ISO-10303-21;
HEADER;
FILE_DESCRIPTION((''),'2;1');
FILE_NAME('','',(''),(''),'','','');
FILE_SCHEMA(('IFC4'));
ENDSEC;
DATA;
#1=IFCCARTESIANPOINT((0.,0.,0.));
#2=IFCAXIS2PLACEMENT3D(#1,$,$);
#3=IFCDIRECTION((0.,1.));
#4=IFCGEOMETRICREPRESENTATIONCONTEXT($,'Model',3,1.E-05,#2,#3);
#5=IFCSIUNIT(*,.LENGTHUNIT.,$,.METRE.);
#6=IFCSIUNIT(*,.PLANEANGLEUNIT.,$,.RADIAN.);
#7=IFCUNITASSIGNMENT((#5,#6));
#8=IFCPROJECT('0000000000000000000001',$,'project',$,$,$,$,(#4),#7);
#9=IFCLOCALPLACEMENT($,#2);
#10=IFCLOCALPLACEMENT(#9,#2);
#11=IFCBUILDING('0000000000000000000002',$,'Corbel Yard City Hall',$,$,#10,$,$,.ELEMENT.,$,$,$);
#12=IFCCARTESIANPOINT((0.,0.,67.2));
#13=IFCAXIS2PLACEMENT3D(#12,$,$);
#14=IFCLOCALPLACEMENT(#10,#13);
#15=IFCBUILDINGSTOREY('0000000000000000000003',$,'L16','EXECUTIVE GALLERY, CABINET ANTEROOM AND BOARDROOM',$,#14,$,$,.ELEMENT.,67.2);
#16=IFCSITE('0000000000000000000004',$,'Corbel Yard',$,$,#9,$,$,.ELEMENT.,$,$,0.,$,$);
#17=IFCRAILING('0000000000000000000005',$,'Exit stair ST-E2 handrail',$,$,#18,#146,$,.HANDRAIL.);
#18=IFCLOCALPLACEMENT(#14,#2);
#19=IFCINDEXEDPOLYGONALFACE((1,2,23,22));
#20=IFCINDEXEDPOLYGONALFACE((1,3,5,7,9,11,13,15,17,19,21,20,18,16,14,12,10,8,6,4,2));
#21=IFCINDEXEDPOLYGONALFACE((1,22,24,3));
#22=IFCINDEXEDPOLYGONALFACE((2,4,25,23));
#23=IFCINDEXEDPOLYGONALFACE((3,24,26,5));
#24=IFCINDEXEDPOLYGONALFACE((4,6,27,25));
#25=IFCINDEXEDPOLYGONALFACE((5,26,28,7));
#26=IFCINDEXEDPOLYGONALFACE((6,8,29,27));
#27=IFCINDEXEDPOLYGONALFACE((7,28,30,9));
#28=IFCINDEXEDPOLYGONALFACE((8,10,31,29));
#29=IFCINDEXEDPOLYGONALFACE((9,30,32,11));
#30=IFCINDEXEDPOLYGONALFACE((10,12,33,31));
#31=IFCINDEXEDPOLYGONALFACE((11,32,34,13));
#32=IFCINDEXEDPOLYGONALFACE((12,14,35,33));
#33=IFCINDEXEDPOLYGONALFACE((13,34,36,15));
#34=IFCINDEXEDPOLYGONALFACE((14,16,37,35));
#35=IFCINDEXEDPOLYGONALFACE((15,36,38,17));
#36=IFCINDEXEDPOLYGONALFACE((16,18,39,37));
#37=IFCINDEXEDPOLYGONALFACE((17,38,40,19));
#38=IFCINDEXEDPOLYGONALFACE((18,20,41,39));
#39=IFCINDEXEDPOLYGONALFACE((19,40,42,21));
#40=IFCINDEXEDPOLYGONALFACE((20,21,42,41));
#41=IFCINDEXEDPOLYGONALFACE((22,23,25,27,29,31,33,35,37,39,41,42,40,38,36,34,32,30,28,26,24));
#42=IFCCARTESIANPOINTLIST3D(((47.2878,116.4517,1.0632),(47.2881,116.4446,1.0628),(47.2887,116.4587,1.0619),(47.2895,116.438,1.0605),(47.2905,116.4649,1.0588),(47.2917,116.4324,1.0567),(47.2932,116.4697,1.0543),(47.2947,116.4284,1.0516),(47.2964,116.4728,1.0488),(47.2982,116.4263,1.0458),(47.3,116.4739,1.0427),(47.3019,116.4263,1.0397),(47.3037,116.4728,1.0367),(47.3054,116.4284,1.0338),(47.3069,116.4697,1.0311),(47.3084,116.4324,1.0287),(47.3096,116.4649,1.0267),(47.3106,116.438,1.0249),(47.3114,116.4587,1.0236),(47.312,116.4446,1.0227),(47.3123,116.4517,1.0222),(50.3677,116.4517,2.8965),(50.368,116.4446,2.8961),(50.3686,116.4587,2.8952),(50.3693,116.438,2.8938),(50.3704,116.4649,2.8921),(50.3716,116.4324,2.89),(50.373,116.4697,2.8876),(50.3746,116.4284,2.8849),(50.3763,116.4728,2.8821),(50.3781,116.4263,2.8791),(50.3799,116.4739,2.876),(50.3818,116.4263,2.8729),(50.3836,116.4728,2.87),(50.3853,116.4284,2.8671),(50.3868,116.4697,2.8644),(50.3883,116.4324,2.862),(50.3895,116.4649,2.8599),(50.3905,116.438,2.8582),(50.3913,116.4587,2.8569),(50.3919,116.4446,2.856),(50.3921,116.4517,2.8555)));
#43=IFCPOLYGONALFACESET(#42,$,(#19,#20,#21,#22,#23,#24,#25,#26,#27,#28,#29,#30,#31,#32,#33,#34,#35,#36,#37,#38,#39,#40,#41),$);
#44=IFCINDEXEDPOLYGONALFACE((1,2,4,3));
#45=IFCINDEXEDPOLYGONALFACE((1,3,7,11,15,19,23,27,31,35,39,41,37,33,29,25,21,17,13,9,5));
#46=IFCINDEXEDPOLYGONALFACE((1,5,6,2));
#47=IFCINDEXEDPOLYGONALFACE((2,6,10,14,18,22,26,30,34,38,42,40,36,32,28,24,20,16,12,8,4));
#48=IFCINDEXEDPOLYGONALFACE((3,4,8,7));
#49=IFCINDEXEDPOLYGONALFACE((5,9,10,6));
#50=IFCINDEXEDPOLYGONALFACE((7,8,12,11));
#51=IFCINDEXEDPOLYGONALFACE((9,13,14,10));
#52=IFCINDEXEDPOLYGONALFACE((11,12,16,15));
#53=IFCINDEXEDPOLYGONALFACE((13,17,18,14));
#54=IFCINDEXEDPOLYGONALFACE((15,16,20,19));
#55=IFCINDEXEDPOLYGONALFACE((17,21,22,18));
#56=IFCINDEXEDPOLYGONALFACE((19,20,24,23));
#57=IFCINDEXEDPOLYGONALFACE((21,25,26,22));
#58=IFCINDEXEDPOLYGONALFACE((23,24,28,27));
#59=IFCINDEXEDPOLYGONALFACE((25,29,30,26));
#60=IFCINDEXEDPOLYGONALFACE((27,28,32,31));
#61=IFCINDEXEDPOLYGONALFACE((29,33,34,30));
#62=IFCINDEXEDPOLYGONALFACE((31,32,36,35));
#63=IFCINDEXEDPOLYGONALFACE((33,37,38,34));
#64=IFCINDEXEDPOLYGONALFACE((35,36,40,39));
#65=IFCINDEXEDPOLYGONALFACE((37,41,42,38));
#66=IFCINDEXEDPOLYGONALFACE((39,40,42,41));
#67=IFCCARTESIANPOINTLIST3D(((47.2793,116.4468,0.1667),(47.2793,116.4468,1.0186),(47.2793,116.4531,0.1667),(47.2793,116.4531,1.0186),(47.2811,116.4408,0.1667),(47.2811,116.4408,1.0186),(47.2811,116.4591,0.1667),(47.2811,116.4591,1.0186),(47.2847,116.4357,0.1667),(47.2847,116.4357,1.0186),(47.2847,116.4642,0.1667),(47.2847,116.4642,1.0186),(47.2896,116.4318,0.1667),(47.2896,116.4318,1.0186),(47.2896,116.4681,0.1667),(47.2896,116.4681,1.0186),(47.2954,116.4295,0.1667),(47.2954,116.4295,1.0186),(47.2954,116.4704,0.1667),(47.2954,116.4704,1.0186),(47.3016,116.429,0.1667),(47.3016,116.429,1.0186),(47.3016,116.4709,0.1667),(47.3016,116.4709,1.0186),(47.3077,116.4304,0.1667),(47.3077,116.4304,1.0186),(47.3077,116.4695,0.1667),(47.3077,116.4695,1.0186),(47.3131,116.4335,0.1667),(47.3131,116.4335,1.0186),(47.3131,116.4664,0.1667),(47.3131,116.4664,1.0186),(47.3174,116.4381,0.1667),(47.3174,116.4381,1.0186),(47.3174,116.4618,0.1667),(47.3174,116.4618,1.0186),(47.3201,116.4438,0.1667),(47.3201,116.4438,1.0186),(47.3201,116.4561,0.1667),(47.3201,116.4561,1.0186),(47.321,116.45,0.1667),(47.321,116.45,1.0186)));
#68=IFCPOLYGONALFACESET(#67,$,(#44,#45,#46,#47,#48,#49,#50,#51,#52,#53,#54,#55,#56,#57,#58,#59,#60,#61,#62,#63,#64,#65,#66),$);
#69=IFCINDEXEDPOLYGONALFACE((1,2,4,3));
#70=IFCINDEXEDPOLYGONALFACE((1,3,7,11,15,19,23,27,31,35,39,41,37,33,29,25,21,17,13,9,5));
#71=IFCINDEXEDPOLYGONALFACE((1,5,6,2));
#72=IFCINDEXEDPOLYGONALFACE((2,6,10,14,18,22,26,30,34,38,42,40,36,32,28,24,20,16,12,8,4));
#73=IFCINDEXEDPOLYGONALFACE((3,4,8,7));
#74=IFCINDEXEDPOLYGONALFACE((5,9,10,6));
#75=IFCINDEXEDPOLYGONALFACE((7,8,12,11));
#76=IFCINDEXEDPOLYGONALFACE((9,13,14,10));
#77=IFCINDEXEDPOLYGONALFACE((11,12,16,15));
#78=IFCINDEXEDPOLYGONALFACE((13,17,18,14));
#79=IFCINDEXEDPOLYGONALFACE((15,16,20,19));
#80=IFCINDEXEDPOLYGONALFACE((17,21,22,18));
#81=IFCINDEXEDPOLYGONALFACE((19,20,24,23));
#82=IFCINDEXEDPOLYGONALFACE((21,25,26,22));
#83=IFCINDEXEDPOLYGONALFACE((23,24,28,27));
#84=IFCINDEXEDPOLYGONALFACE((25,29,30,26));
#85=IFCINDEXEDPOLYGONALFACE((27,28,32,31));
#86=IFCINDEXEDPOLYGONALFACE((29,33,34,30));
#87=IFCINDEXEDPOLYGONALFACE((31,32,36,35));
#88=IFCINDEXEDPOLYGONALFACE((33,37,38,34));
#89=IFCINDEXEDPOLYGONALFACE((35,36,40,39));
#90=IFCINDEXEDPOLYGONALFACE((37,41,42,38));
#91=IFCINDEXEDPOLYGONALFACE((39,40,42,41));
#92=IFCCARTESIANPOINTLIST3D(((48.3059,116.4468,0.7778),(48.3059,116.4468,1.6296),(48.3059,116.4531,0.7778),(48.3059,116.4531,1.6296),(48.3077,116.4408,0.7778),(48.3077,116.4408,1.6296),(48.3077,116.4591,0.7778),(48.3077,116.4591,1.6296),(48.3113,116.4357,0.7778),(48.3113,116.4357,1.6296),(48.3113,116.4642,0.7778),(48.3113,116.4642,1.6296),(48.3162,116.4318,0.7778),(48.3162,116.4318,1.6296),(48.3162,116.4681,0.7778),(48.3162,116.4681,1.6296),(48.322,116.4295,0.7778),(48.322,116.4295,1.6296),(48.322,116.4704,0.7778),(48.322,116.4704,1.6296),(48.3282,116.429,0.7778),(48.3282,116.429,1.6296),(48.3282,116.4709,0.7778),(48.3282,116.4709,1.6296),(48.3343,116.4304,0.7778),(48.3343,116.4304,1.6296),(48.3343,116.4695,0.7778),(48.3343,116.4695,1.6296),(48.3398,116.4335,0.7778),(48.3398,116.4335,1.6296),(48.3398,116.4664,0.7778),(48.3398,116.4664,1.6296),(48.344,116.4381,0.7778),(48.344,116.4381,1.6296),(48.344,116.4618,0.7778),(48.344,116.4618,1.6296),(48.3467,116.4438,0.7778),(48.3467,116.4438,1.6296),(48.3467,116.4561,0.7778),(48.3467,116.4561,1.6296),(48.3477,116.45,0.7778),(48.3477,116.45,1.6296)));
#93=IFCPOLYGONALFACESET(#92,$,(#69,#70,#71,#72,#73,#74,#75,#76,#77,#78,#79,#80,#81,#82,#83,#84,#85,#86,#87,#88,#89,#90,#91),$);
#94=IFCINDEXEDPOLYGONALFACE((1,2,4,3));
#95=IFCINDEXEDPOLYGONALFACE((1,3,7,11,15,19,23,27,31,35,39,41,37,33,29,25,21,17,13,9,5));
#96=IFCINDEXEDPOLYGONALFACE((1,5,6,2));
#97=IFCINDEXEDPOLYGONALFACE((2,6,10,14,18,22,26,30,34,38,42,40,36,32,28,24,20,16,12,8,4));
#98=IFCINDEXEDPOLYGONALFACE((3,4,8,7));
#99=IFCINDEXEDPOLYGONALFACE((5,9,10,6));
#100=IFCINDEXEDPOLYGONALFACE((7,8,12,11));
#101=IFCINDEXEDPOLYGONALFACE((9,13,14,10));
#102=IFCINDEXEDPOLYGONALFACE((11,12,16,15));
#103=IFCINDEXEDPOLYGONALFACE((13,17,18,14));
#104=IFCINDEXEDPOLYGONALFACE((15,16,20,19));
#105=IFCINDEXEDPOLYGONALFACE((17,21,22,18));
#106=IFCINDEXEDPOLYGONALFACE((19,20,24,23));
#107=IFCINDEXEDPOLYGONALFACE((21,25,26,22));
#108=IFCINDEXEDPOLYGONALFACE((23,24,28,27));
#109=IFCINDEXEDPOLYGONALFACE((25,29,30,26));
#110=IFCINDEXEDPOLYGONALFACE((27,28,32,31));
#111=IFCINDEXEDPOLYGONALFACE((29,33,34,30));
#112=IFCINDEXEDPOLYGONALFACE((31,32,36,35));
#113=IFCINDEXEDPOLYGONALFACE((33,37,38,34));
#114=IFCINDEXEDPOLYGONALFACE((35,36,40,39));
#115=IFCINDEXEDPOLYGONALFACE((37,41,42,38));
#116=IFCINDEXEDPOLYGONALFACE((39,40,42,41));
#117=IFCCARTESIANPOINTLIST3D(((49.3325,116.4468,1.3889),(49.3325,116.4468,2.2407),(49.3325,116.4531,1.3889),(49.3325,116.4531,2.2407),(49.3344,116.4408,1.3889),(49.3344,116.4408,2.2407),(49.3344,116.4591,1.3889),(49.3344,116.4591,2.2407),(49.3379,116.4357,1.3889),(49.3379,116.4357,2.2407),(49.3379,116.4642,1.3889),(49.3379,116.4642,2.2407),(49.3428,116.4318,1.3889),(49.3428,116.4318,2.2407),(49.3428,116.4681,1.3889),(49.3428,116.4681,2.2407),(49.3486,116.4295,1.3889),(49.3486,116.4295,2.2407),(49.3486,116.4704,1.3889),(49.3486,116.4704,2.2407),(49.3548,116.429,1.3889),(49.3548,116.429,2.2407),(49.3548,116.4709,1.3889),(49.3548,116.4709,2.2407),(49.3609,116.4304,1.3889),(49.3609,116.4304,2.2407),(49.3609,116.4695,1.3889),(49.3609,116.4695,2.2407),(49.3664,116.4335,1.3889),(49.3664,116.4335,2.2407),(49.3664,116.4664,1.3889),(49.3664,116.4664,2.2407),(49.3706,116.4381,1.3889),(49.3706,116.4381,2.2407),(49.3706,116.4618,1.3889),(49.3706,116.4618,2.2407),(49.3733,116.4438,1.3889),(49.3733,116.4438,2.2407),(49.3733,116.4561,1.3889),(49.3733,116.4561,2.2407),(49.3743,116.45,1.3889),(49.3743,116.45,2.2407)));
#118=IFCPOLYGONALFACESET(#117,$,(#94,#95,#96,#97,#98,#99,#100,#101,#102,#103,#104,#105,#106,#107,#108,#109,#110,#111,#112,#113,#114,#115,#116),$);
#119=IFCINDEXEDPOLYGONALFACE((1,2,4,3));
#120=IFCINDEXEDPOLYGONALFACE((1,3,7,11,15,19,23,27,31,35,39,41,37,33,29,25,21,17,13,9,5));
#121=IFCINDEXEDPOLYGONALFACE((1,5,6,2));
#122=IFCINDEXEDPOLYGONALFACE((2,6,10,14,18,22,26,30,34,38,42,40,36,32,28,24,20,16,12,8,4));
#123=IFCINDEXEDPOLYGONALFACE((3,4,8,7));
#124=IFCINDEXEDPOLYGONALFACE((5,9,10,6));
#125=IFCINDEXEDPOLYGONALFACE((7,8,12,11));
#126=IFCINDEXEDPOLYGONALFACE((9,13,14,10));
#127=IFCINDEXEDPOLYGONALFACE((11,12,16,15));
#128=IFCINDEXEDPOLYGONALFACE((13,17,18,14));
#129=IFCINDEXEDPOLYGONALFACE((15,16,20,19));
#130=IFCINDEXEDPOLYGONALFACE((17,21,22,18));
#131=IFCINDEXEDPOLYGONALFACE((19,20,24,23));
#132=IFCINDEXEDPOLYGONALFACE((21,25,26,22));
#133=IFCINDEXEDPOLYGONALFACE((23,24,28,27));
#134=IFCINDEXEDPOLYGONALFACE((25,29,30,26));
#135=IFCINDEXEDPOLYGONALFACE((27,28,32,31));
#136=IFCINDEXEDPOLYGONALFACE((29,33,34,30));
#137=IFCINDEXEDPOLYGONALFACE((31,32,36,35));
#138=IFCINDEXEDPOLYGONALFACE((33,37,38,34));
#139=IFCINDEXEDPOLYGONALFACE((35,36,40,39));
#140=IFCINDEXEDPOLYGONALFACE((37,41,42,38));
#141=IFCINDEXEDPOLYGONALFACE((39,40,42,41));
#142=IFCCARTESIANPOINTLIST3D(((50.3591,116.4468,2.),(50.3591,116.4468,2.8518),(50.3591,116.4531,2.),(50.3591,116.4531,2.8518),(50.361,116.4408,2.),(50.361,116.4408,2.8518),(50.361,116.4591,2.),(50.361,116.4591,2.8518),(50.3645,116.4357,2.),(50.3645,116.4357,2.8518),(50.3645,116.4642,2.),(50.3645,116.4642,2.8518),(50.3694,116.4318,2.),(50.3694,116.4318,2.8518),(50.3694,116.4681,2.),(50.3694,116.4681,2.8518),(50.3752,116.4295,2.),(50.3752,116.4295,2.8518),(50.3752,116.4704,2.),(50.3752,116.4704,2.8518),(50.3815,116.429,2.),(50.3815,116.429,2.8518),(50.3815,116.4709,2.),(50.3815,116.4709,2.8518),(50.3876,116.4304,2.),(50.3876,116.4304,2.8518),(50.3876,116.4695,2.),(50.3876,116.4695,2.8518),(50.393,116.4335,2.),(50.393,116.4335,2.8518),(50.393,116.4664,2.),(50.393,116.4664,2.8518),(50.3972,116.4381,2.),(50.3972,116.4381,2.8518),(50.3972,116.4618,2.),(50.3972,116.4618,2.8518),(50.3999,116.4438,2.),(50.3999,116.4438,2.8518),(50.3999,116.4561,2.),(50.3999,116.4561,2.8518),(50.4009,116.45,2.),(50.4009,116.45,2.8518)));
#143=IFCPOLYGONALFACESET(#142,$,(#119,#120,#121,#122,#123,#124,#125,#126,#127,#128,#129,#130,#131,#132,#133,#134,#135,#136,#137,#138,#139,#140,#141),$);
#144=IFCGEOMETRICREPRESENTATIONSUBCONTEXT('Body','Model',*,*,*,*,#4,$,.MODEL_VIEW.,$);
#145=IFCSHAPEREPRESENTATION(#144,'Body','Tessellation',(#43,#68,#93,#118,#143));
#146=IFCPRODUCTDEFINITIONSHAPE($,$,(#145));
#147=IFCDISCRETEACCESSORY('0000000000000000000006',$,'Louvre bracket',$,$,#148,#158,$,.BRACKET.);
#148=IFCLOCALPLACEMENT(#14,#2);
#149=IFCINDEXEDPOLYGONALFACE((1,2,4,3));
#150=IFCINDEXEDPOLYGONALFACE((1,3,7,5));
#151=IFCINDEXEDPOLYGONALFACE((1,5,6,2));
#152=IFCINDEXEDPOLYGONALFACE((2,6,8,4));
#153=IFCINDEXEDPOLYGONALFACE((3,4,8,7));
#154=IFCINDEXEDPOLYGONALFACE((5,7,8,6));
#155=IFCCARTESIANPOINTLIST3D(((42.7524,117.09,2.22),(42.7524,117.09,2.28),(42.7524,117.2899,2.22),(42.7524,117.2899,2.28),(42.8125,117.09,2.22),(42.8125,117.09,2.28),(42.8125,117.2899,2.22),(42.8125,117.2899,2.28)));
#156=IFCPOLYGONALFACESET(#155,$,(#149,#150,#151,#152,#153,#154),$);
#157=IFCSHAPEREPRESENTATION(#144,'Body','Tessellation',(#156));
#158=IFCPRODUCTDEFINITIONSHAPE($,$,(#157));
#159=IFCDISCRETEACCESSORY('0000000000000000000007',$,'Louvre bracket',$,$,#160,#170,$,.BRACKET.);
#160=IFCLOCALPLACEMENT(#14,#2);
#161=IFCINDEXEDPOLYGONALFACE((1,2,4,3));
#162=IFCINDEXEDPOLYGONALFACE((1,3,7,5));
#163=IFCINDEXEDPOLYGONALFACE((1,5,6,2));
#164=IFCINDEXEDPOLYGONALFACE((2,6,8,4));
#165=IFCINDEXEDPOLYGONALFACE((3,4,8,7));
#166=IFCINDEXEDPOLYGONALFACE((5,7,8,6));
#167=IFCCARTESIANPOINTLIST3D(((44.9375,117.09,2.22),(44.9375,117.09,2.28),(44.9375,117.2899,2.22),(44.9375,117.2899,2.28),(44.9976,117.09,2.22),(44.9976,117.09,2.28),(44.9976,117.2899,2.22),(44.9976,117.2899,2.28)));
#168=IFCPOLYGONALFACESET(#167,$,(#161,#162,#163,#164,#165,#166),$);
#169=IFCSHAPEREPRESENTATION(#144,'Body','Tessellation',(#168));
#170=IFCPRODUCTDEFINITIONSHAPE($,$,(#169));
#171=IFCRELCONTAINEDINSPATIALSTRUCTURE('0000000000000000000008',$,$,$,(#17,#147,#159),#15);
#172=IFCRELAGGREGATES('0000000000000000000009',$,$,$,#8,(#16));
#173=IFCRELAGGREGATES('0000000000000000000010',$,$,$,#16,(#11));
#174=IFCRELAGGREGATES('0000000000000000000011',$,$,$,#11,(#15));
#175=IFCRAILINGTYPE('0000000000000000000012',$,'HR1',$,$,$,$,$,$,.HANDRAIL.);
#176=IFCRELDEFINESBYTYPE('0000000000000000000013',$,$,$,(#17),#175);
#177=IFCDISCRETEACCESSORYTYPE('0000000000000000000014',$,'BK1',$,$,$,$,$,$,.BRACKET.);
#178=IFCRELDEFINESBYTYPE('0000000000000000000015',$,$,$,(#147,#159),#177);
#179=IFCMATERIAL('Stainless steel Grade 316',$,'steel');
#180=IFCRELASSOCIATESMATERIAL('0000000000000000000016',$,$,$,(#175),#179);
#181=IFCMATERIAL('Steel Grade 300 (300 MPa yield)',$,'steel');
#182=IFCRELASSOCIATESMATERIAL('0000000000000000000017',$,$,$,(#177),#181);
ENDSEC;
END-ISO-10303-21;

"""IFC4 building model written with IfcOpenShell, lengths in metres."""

from ifc_helpers import new_model, si_unit, direction, frame, origin, origin_2d, place, context, subcontext, project, spatial, rectangle, circle, extrude, material, type_object, element, save


model = new_model("IFC4")

# Units and contexts
model_context = context("Model", 3, precision=1e-05, world=origin(), true_north=direction((0.0, 1.0)))
body_context = subcontext(model_context, "Body", "Model", "MODEL_VIEW")
ifc_project = project(units=[si_unit("LENGTHUNIT", "METRE"), si_unit("PLANEANGLEUNIT", "RADIAN")], contexts=[model_context])

# Site, building, storey
site_placement = place(None, origin())
site = spatial("IfcSite", under=ifc_project, at=site_placement, Name="Corbel Yard", CompositionType="ELEMENT", RefElevation=0.0)
building_placement = place(site_placement, origin())
building = spatial("IfcBuilding", under=site, at=building_placement, Name="Corbel Yard City Hall", CompositionType="ELEMENT")
storey_placement = place(building_placement, frame((0.0, 0.0, 67.2)))
storey = spatial("IfcBuildingStorey", under=building, at=storey_placement, Name="L16", Description="EXECUTIVE GALLERY, CABINET ANTEROOM AND BOARDROOM", CompositionType="ELEMENT", Elevation=67.2)

# Railing
ifc_material_1 = material(Name="Stainless steel Grade 316", Category="steel")
railing_type = type_object("IfcRailingType", Name="HR1", PredefinedType="HANDRAIL", material=ifc_material_1)
railing_placement = place(storey_placement, frame((47.3, 116.45, 0.1667)))
element("IfcRailing", 1, at=railing_placement, inside=storey, type_object=railing_type, Name="Exit stair ST-E2 handrail", PredefinedType="HANDRAIL", context=body_context, shape_type="SweptSolid", body=[
    extrude(circle(Radius=0.0239, at=origin_2d()), frame((0.0, 0.0, 0.876), z_axis=(0.859291, 0.0, 0.511487), x_axis=(0.0, 1.0, 0.0)), (0.0, 0.0, 1.0), 3.5842),
    extrude(circle(Radius=0.021, at=origin_2d()), origin(), (0.0, 0.0, 1.0), 0.8518),
    extrude(circle(Radius=0.021, at=origin_2d()), frame((1.0266, 0.0, 0.6111)), (0.0, 0.0, 1.0), 0.8518),
    extrude(circle(Radius=0.021, at=origin_2d()), frame((2.0532, 0.0, 1.2222)), (0.0, 0.0, 1.0), 0.8518),
    extrude(circle(Radius=0.021, at=origin_2d()), frame((3.0798, 0.0, 1.8333)), (0.0, 0.0, 1.0), 0.8518),
])

# Discrete accessories
ifc_material_2 = material(Name="Steel Grade 300 (300 MPa yield)", Category="steel")
discrete_accessory_type = type_object("IfcDiscreteAccessoryType", Name="BK1", PredefinedType="BRACKET", material=ifc_material_2)
for number, where, z_axis, x_axis, name in (
    (2, (42.7825, 117.1899, 2.22), (0.0, 0.0, 1.0), (1.0, 0.0, 0.0), "Louvre bracket"),
    (3, (44.9675, 117.1899, 2.22), (0.0, 0.0, 1.0), (1.0, 0.0, 0.0), "Louvre bracket"),
):
    element("IfcDiscreteAccessory", number, at=place(storey_placement, frame(where, z_axis=z_axis, x_axis=x_axis)), inside=storey, type_object=discrete_accessory_type, Name=name, PredefinedType="BRACKET", context=body_context, shape_type="SweptSolid", body=[
        extrude(rectangle(XDim=0.0601, YDim=0.2, at=origin_2d()), origin(), (0.0, 0.0, 1.0), 0.0601),
    ])

save(model, "model.ifc")
